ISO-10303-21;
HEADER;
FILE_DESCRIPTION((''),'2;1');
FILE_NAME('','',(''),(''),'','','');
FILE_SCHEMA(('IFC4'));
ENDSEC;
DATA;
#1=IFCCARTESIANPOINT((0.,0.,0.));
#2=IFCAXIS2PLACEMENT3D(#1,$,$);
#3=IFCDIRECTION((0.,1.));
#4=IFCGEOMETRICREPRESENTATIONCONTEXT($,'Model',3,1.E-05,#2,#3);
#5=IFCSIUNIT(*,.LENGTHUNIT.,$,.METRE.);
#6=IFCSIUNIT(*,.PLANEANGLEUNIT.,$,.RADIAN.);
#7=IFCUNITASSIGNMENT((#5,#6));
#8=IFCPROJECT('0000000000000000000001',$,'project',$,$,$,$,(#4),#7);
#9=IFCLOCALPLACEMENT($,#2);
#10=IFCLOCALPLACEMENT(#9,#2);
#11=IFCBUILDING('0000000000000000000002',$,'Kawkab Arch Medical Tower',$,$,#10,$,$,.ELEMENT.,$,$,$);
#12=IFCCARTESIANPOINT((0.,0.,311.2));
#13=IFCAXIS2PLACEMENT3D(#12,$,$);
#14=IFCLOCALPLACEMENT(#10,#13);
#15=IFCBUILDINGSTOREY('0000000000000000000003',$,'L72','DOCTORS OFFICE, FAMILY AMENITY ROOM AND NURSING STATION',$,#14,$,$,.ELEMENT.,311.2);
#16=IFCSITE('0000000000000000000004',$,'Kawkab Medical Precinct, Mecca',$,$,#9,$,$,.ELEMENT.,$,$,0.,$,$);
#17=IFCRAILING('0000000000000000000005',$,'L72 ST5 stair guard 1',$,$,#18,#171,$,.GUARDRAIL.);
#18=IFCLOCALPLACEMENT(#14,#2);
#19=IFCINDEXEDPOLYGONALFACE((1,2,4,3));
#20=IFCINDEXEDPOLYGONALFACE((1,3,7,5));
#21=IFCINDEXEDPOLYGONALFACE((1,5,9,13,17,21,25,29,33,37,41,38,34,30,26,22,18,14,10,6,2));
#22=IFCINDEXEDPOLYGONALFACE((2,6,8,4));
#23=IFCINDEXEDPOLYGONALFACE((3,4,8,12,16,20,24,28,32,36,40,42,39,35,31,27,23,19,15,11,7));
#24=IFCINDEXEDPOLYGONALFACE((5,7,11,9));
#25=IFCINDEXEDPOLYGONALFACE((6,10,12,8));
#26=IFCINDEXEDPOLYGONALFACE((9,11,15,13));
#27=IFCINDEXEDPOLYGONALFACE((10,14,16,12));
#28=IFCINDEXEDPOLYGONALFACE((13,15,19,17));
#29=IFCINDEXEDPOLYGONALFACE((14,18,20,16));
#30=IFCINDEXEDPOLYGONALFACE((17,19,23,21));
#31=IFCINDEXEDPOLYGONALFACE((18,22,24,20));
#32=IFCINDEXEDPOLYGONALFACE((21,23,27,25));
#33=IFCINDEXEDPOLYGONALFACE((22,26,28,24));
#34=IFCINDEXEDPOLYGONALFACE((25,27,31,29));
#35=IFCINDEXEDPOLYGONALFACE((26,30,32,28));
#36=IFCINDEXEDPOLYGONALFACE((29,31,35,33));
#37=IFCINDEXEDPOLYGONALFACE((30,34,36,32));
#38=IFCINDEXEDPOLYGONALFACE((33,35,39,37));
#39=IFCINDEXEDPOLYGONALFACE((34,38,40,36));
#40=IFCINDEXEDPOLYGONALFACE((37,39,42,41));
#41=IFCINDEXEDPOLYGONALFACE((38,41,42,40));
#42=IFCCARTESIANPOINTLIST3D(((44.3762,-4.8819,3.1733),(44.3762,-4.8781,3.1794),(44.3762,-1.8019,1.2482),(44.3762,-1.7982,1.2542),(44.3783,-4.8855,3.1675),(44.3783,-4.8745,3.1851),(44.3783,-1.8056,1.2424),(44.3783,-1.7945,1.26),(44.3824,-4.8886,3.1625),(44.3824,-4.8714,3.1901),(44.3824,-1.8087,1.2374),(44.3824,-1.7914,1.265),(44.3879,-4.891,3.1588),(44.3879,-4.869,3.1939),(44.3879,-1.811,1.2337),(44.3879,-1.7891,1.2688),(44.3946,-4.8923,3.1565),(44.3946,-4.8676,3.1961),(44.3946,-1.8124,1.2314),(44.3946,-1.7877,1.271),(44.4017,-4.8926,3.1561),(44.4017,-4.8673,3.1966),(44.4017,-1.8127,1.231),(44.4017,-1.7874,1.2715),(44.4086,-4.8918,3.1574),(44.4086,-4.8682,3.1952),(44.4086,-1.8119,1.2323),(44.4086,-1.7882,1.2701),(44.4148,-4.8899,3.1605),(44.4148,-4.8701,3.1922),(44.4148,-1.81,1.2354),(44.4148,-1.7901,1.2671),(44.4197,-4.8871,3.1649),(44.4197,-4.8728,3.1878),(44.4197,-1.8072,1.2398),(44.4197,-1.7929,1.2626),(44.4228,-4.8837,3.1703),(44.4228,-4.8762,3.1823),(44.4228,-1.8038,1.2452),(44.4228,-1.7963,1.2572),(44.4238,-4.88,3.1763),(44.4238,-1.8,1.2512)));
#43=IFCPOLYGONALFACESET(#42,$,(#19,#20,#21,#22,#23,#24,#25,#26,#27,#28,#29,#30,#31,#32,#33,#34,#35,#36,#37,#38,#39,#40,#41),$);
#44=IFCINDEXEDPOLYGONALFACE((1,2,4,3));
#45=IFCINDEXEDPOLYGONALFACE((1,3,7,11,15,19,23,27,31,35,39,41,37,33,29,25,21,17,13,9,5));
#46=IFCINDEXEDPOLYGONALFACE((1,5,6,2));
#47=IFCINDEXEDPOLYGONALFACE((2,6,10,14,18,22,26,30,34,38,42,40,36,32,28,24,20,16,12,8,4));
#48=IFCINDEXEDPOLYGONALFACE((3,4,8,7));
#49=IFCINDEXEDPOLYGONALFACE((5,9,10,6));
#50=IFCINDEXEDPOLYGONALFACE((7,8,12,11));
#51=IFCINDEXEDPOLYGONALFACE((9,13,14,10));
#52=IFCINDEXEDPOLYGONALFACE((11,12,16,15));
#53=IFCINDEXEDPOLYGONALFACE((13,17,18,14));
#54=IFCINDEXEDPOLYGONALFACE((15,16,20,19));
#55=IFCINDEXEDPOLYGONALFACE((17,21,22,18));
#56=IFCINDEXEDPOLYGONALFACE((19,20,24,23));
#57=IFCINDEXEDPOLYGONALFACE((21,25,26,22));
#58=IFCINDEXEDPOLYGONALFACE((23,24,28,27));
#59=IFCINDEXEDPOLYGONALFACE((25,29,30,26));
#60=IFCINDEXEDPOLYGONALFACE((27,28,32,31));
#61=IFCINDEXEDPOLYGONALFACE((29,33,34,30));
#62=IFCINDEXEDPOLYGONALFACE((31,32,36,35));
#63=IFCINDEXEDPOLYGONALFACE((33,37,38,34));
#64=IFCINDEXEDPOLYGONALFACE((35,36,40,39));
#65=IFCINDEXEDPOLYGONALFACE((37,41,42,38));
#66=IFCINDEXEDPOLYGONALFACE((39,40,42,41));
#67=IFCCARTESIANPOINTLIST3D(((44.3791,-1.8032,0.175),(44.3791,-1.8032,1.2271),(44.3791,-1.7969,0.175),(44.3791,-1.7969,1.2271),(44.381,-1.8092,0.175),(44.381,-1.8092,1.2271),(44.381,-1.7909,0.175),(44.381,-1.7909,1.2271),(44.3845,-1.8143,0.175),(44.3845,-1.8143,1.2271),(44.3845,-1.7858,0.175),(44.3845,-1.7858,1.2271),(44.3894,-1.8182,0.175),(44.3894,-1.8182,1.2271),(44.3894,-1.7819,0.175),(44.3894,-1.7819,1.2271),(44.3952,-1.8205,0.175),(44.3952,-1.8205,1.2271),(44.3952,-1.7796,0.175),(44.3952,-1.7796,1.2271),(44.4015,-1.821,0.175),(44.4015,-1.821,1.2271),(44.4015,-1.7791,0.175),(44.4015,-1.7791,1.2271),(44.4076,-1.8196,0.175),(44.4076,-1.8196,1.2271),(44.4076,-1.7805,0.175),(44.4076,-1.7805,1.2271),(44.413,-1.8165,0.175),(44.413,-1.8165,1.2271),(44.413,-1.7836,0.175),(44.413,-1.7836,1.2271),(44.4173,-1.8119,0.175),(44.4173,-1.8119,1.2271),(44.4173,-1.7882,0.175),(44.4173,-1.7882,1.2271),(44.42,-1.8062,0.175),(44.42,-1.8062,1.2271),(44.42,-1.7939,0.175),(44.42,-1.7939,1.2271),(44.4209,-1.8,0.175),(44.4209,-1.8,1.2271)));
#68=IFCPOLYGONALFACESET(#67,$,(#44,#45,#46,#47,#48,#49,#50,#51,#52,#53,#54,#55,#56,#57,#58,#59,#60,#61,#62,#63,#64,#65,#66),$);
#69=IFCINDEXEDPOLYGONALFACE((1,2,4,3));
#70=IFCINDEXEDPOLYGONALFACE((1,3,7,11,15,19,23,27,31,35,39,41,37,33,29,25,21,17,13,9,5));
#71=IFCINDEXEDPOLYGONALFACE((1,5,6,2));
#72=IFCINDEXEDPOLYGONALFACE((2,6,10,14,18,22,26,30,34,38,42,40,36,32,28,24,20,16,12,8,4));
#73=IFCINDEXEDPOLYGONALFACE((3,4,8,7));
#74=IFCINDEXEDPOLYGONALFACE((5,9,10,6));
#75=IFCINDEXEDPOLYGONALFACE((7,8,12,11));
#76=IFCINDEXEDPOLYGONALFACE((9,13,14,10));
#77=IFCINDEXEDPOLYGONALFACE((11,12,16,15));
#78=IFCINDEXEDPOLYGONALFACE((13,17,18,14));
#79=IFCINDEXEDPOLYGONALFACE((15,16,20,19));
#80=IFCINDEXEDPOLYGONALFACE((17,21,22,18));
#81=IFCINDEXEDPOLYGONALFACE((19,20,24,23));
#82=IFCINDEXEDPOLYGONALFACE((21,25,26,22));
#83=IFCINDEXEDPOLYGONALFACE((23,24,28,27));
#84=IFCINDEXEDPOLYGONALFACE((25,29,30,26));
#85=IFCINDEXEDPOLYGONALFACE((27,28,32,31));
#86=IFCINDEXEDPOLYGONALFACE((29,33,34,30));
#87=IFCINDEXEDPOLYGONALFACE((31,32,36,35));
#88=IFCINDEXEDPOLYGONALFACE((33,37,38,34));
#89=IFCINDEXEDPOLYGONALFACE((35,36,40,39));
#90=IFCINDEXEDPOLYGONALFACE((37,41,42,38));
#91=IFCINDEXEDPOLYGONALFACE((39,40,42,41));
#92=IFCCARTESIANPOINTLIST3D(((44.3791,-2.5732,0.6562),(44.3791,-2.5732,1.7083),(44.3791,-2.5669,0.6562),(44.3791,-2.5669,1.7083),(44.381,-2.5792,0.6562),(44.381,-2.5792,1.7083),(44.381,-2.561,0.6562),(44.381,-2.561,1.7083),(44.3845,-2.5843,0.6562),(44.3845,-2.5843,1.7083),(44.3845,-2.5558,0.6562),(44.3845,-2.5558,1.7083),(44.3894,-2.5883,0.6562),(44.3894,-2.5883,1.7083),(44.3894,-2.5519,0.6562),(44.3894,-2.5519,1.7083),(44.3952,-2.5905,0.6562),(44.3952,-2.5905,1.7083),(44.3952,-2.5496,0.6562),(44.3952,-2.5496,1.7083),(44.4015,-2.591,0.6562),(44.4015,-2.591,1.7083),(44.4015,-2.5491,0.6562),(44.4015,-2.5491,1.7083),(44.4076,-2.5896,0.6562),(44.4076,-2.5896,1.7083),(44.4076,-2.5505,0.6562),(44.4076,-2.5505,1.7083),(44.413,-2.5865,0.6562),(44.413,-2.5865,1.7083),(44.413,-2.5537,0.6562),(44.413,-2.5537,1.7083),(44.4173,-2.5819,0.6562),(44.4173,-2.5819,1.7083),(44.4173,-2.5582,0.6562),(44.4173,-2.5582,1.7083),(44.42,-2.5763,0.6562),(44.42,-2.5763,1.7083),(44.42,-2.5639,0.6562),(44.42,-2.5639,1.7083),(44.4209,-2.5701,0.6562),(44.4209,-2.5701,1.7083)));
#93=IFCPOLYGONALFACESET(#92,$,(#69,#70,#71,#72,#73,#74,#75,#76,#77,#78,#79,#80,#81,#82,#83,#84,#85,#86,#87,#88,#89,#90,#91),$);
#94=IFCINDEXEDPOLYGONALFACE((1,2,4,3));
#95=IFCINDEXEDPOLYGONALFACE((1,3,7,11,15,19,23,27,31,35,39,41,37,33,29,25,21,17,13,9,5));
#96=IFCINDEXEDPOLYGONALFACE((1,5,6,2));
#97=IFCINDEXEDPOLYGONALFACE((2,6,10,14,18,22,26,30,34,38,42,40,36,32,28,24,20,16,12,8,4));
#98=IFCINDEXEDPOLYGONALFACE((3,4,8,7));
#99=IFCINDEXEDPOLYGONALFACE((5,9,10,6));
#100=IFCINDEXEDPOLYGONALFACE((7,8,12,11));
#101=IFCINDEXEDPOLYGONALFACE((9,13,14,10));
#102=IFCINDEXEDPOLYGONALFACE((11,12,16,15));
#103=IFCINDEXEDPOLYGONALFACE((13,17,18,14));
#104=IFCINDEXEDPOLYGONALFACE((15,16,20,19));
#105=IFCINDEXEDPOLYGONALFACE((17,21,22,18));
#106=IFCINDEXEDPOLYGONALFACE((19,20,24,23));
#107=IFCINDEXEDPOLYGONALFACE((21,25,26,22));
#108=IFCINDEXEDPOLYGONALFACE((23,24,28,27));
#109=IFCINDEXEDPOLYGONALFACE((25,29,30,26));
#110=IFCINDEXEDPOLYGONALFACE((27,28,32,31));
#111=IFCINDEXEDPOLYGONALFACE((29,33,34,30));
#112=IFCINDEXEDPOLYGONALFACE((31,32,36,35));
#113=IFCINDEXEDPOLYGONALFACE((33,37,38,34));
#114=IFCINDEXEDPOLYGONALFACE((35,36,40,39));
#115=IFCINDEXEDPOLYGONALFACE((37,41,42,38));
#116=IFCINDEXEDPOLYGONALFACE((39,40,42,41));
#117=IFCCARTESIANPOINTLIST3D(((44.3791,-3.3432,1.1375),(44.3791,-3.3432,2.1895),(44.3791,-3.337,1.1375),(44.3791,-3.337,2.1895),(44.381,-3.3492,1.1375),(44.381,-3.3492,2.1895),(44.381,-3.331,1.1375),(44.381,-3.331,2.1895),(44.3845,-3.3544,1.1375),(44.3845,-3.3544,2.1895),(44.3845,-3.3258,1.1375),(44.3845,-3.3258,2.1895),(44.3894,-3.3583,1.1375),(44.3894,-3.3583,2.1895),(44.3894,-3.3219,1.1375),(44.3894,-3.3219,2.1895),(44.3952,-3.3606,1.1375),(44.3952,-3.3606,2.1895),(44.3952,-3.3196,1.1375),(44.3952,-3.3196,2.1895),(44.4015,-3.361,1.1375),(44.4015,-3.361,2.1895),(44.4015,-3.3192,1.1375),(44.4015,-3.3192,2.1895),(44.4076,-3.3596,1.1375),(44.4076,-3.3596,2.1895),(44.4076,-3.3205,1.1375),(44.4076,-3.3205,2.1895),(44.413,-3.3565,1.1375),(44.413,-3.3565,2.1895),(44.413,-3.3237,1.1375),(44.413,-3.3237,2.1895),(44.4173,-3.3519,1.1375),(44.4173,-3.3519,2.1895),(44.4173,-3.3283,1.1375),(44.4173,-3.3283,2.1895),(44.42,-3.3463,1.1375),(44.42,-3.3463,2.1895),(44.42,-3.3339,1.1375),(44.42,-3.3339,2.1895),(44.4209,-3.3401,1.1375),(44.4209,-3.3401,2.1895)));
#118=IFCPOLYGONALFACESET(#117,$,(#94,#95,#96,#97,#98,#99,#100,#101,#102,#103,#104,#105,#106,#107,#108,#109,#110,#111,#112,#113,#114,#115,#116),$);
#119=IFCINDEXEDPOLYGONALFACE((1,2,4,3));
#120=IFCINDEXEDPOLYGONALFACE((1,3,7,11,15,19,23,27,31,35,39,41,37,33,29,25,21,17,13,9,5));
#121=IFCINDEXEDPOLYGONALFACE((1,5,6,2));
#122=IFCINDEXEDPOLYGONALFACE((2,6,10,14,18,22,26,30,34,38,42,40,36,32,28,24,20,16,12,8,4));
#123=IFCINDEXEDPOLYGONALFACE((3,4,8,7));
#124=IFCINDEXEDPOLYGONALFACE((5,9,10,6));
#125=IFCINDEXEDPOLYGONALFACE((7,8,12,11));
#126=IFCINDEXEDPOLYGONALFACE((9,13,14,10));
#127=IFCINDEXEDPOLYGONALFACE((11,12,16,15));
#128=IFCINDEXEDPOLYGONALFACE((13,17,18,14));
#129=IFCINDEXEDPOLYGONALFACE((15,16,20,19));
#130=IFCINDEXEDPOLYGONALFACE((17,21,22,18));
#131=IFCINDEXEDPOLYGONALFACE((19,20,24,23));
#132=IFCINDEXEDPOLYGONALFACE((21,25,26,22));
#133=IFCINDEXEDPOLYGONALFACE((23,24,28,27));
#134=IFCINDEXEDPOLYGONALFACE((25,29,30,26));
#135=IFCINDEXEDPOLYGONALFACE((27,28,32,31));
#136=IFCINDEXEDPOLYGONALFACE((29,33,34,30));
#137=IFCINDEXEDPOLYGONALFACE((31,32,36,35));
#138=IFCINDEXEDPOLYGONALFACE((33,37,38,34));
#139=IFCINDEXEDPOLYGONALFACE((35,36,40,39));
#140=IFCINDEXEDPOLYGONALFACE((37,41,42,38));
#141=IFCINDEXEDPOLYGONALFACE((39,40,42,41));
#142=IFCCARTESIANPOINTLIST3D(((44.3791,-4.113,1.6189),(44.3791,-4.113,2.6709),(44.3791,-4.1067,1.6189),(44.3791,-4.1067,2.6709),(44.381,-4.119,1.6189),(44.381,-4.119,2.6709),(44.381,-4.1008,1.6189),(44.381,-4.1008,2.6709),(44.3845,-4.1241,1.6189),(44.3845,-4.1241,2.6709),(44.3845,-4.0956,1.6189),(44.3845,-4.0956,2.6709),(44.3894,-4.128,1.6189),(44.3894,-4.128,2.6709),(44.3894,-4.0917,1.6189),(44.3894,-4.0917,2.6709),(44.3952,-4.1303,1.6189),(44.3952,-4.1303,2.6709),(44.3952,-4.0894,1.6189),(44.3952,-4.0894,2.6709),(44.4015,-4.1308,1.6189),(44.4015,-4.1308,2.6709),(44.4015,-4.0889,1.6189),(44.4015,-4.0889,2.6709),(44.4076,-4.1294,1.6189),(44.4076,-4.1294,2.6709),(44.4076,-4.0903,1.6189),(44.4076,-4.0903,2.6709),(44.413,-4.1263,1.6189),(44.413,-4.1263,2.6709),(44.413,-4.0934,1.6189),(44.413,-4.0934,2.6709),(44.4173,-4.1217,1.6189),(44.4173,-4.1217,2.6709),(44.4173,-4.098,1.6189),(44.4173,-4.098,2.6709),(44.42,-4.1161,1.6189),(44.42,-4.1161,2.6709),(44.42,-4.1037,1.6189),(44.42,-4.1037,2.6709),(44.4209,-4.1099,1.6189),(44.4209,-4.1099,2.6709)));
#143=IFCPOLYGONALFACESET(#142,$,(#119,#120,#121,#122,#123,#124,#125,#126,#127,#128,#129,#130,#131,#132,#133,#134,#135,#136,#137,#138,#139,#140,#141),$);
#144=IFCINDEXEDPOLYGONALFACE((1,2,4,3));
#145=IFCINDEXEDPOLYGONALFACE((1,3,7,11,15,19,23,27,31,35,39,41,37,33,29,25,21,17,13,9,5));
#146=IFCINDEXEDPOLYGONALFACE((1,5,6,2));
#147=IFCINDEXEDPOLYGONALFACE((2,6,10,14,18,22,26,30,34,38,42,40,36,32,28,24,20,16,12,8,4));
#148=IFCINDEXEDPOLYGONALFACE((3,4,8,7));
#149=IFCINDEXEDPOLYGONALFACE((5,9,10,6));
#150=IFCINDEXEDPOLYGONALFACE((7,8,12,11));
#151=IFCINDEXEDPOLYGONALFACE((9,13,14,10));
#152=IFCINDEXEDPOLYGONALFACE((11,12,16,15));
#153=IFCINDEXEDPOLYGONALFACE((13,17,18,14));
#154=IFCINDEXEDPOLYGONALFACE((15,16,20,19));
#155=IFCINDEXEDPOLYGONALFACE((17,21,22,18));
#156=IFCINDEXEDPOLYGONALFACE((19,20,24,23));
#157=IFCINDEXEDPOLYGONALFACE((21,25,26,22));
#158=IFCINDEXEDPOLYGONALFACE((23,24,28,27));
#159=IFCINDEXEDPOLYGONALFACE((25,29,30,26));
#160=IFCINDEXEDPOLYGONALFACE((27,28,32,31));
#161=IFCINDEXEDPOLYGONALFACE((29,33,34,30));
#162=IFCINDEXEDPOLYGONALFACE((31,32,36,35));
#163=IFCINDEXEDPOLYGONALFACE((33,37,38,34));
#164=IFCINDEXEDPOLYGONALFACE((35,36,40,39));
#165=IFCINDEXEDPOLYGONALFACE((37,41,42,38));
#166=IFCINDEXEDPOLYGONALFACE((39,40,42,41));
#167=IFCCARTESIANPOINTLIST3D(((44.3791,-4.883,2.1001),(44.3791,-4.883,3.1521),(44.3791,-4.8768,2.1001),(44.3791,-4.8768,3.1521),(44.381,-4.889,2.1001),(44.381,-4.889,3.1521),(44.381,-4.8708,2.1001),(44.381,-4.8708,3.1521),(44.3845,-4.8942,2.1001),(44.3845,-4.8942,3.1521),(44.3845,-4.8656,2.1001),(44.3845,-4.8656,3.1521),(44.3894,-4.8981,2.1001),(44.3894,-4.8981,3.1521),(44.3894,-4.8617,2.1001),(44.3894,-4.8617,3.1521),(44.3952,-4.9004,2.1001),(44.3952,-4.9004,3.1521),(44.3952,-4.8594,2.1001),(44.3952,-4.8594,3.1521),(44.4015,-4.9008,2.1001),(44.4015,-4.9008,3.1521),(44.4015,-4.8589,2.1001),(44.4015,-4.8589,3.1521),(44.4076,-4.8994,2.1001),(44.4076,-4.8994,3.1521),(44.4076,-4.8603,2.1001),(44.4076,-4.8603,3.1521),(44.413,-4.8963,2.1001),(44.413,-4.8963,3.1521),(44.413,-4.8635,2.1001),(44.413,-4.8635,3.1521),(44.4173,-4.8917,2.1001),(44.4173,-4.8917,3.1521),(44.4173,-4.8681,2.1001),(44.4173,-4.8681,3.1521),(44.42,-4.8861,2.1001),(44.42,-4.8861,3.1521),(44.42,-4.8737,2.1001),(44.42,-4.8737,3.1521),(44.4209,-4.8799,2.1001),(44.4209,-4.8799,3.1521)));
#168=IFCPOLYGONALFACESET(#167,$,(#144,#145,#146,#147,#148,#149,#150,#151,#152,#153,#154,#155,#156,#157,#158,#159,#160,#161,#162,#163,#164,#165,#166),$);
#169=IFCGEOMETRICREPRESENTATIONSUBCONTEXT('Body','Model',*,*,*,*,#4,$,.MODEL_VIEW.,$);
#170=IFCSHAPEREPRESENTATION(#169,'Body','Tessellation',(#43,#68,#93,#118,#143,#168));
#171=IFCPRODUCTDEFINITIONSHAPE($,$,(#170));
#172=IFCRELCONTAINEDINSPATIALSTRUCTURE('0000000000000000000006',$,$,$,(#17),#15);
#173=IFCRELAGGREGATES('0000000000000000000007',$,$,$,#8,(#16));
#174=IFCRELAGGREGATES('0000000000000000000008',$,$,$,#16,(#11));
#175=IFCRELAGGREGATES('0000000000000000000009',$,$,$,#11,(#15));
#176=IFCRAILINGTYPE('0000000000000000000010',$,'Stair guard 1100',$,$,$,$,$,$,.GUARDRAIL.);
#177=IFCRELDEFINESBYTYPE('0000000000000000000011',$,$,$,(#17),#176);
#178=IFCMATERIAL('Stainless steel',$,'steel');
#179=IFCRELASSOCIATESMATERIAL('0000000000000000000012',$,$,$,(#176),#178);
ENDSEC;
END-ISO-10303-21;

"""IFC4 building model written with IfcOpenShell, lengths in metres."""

from ifc_helpers import new_model, si_unit, direction, frame, origin, origin_2d, place, context, subcontext, project, spatial, circle, extrude, material, type_object, element, save


model = new_model("IFC4")

# Units and contexts
model_context = context("Model", 3, precision=1e-05, world=origin(), true_north=direction((0.0, 1.0)))
body_context = subcontext(model_context, "Body", "Model", "MODEL_VIEW")
ifc_project = project(units=[si_unit("LENGTHUNIT", "METRE"), si_unit("PLANEANGLEUNIT", "RADIAN")], contexts=[model_context])

# Site, building, storey
site_placement = place(None, origin())
site = spatial("IfcSite", under=ifc_project, at=site_placement, Name="Kawkab Medical Precinct, Mecca", CompositionType="ELEMENT", RefElevation=0.0)
building_placement = place(site_placement, origin())
building = spatial("IfcBuilding", under=site, at=building_placement, Name="Kawkab Arch Medical Tower", CompositionType="ELEMENT")
storey_placement = place(building_placement, frame((0.0, 0.0, 311.2)))
storey = spatial("IfcBuildingStorey", under=building, at=storey_placement, Name="L72", Description="DOCTORS OFFICE, FAMILY AMENITY ROOM AND NURSING STATION", CompositionType="ELEMENT", Elevation=311.2)

# Railing
ifc_material_1 = material(Name="Stainless steel", Category="steel")
railing_type = type_object("IfcRailingType", Name="Stair guard 1100", PredefinedType="GUARDRAIL", material=ifc_material_1)
railing_1_placement = place(storey_placement, frame((44.3999, -1.8, 0.175)))
element("IfcRailing", 1, at=railing_1_placement, inside=storey, type_object=railing_type, Name="L72 ST5 stair guard 1", PredefinedType="GUARDRAIL", context=body_context, shape_type="SweptSolid", body=[
    extrude(circle(Radius=0.0239, at=origin_2d()), frame((0.0, 0.0, 1.0762), z_axis=(0.0, -0.847979, 0.530029), x_axis=(1.0, 0.0, 0.0)), (0.0, 0.0, 1.0), 3.6321),
    extrude(circle(Radius=0.021, at=origin_2d()), origin(), (0.0, 0.0, 1.0), 1.052),
    extrude(circle(Radius=0.021, at=origin_2d()), frame((0.0, -0.77, 0.4812)), (0.0, 0.0, 1.0), 1.052),
    extrude(circle(Radius=0.021, at=origin_2d()), frame((0.0, -1.54, 0.9624)), (0.0, 0.0, 1.0), 1.052),
    extrude(circle(Radius=0.021, at=origin_2d()), frame((0.0, -2.3098, 1.4438)), (0.0, 0.0, 1.0), 1.052),
    extrude(circle(Radius=0.021, at=origin_2d()), frame((0.0, -3.0798, 1.925)), (0.0, 0.0, 1.0), 1.052),
])

save(model, "model.ifc")
